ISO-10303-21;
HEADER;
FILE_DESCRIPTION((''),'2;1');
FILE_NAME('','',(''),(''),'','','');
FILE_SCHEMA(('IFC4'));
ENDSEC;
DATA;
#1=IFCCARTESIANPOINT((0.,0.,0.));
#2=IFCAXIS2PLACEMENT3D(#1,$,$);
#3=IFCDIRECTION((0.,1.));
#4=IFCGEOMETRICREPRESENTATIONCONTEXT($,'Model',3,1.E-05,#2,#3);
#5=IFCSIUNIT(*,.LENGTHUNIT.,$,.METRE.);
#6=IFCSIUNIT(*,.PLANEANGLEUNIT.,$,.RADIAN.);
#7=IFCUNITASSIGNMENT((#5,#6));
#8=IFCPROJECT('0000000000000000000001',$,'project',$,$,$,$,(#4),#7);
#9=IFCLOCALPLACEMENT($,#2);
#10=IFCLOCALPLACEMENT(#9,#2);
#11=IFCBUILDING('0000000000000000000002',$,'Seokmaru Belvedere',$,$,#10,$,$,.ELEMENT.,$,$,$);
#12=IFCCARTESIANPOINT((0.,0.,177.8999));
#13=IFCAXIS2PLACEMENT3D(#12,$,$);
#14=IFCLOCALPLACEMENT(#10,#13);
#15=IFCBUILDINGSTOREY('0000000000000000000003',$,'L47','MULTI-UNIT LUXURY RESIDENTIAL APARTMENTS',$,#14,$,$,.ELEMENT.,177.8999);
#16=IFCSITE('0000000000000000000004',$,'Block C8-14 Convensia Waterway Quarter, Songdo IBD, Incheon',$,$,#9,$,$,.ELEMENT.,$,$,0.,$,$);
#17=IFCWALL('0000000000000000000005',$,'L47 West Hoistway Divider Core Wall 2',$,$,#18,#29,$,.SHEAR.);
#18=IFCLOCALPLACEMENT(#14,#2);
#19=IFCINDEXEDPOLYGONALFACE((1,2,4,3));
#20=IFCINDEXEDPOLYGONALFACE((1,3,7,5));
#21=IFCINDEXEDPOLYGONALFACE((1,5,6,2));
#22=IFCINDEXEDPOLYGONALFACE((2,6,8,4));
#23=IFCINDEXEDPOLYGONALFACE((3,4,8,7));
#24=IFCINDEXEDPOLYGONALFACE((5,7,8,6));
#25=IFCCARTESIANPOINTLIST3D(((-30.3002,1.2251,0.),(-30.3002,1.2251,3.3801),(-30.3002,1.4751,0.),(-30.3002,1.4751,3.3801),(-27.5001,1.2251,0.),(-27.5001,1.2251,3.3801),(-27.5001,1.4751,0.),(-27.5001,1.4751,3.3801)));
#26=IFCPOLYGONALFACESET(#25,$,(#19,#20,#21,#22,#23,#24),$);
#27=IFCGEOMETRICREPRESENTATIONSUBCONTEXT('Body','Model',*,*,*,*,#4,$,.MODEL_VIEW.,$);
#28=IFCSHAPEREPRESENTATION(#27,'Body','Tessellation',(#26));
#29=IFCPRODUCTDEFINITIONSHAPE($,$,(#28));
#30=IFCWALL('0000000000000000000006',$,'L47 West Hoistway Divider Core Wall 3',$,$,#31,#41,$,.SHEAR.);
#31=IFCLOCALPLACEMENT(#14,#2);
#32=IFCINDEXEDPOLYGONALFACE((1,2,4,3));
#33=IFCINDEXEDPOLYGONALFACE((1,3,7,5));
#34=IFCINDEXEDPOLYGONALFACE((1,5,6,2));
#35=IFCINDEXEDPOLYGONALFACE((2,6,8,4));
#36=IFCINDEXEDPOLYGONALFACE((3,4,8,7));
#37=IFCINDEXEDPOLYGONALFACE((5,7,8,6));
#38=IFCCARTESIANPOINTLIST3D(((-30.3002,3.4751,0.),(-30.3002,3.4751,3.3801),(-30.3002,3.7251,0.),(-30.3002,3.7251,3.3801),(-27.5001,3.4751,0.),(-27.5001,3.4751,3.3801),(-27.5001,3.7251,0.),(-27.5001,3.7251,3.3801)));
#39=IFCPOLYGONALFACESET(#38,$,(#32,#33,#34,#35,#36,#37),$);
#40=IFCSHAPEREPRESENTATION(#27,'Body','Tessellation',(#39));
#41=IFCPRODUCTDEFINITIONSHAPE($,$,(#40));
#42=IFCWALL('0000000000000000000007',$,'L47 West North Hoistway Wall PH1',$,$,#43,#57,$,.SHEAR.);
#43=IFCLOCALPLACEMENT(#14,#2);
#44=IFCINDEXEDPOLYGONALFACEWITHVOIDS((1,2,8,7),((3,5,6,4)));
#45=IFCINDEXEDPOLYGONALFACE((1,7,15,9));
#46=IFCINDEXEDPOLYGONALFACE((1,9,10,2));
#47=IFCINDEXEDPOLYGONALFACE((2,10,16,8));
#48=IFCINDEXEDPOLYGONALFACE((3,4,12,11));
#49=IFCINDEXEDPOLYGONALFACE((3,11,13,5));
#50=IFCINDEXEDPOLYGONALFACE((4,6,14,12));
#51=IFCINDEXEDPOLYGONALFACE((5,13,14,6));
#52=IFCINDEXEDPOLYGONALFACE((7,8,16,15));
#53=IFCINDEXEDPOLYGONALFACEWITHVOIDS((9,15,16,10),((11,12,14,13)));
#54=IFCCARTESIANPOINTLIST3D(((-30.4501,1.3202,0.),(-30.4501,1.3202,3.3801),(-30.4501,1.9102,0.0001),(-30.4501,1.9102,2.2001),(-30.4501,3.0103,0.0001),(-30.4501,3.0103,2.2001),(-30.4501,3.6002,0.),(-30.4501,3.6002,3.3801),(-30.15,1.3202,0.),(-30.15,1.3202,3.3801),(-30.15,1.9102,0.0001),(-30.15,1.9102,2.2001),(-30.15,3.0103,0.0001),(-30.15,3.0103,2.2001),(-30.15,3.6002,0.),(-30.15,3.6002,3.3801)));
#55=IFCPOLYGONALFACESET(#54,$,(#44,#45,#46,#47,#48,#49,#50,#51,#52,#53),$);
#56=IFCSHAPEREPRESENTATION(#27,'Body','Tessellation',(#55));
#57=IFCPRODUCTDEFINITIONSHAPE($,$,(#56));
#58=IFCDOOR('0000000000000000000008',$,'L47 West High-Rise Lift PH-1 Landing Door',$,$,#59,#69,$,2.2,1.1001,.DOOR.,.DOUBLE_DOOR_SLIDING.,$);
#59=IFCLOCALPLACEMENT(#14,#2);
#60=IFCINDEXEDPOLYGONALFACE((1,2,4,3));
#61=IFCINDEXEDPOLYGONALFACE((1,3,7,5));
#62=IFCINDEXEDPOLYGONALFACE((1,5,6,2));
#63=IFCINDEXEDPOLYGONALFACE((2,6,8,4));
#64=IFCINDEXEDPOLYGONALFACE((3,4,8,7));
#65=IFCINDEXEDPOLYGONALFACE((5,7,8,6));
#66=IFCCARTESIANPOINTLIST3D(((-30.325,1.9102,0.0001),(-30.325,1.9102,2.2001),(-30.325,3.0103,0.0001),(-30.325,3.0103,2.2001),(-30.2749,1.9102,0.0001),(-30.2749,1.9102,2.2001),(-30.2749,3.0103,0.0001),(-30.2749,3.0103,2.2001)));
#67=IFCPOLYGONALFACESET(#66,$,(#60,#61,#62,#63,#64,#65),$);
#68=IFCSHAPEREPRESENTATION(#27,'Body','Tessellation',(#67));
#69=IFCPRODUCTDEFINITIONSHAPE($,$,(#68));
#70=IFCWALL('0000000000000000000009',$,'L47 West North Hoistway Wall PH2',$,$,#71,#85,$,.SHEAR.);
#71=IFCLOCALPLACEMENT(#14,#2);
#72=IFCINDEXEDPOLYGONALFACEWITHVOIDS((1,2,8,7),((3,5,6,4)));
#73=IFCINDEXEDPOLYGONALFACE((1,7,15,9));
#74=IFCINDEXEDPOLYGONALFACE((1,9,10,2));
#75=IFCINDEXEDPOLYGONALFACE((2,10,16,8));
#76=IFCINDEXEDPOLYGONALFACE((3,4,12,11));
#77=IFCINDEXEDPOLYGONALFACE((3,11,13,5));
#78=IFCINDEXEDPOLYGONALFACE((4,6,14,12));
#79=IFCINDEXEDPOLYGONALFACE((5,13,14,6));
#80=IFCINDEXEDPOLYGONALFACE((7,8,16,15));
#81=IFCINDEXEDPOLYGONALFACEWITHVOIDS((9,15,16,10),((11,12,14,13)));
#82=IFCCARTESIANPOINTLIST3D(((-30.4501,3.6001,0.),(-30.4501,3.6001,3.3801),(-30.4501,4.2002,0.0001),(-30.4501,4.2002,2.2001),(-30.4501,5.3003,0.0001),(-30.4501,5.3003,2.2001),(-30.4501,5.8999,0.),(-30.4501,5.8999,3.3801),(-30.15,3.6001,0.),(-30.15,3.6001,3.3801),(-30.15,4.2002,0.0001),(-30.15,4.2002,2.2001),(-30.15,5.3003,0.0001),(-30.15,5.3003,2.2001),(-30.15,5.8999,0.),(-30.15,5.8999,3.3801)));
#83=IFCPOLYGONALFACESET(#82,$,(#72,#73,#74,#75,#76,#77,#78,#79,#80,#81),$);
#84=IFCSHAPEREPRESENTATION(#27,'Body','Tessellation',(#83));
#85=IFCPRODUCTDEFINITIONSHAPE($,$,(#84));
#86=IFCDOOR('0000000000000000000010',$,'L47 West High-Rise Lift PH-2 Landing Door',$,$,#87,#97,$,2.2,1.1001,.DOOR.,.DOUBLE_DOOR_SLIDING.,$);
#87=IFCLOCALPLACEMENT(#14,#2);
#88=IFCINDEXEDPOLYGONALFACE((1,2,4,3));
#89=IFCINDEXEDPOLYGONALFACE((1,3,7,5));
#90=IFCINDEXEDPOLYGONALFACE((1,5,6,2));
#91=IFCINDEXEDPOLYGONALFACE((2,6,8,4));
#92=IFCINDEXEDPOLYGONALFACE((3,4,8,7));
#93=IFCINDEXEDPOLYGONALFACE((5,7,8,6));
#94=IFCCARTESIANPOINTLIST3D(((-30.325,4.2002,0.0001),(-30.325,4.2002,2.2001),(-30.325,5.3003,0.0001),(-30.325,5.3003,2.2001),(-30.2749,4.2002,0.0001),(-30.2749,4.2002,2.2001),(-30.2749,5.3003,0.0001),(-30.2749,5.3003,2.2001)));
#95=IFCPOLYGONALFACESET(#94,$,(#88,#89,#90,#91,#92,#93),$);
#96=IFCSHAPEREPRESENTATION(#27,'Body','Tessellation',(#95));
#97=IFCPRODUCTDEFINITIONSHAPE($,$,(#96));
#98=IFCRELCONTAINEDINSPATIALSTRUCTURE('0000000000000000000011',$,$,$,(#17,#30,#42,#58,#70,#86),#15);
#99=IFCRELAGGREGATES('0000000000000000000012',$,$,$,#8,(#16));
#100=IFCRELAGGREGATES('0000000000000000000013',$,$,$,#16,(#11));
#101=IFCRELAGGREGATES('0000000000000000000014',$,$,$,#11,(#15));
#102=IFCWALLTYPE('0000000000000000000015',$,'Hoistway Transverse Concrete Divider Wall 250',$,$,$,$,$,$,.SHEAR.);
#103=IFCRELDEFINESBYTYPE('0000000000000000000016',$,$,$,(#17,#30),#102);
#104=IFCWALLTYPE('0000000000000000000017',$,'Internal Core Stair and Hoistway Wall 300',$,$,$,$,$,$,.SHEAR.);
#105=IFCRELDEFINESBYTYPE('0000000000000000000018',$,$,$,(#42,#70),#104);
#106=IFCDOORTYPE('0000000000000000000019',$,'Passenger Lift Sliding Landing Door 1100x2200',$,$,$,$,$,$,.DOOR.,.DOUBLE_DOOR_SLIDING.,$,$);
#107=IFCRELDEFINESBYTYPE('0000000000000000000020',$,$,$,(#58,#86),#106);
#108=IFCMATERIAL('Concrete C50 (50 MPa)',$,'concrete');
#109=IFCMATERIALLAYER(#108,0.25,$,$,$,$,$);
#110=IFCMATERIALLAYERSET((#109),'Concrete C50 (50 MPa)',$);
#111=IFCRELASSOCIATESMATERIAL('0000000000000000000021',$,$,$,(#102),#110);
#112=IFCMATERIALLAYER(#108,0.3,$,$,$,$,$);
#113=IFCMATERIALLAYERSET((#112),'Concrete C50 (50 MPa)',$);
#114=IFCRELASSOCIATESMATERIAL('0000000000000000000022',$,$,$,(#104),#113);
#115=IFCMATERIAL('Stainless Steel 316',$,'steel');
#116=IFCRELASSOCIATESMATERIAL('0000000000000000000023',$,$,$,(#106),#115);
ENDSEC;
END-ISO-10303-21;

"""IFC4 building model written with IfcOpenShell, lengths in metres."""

from ifc_helpers import new_model, si_unit, direction, frame, frame_2d, origin, place, context, subcontext, project, spatial, rectangle, extrude, source, transform, mapped, material, layer, layer_set, type_object, type_shapes, element, fill, save


model = new_model("IFC4")

# Units and contexts
model_context = context("Model", 3, precision=1e-05, world=origin(), true_north=direction((0.0, 1.0)))
body_context = subcontext(model_context, "Body", "Model", "MODEL_VIEW")
ifc_project = project(units=[si_unit("LENGTHUNIT", "METRE"), si_unit("PLANEANGLEUNIT", "RADIAN")], contexts=[model_context])

# Site, building, storey
site_placement = place(None, origin())
site = spatial("IfcSite", under=ifc_project, at=site_placement, Name="Block C8-14 Convensia Waterway Quarter, Songdo IBD, Incheon", CompositionType="ELEMENT", RefElevation=0.0)
building_placement = place(site_placement, origin())
building = spatial("IfcBuilding", under=site, at=building_placement, Name="Seokmaru Belvedere", CompositionType="ELEMENT")
storey_placement = place(building_placement, frame((0.0, 0.0, 177.8999)))
storey = spatial("IfcBuildingStorey", under=building, at=storey_placement, Name="L47", Description="MULTI-UNIT LUXURY RESIDENTIAL APARTMENTS", CompositionType="ELEMENT", Elevation=177.8999)

# Walls
ifc_material_1 = material(Name="Concrete C50 (50 MPa)", Category="concrete")
ifc_layer_1 = layer(ifc_material_1, 0.25)
ifc_layer_set_1 = layer_set([ifc_layer_1], Name="Concrete C50 (50 MPa)")
wall_type_1 = type_object("IfcWallType", Name="Hoistway Transverse Concrete Divider Wall 250", PredefinedType="SHEAR", material=ifc_layer_set_1)
for number, where, z_axis, x_axis, name in (
    (1, (-30.3, 1.3501, 0.0), (0.0, 0.0, 1.0), (1.0, 0.0, 0.0), "L47 West Hoistway Divider Core Wall 2"),
    (2, (-30.3, 3.6001, 0.0), (0.0, 0.0, 1.0), (1.0, 0.0, 0.0), "L47 West Hoistway Divider Core Wall 3"),
):
    element("IfcWall", number, at=place(storey_placement, frame(where, z_axis=z_axis, x_axis=x_axis)), inside=storey, type_object=wall_type_1, Name=name, PredefinedType="SHEAR", context=body_context, shape_type="SweptSolid", body=[
        extrude(rectangle(XDim=2.8, YDim=0.25, at=frame_2d((1.3999, 0.0))), origin(), (0.0, 0.0, 1.0), 3.3801),
    ])

# Walls, openings, doors
ifc_layer_2 = layer(ifc_material_1, 0.3)
ifc_layer_set_2 = layer_set([ifc_layer_2], Name="Concrete C50 (50 MPa)")
wall_type_2 = type_object("IfcWallType", Name="Internal Core Stair and Hoistway Wall 300", PredefinedType="SHEAR", material=ifc_layer_set_2)
wall_1_placement = place(storey_placement, frame((-30.3, 1.3201, 0.0), z_axis=(0.0, 0.0, 1.0), x_axis=(0.0, 1.0, 0.0)))
wall_1 = element("IfcWall", 3, at=wall_1_placement, inside=storey, type_object=wall_type_2, Name="L47 West North Hoistway Wall PH1", PredefinedType="SHEAR", context=body_context, shape_type="SweptSolid", body=[
    extrude(rectangle(XDim=2.28, YDim=0.3, at=frame_2d((1.1401, 0.0))), origin(), (0.0, 0.0, 1.0), 3.3801),
])
opening_1_placement = place(wall_1_placement, frame((0.5901, 0.0, 0.0)))
opening_1 = element("IfcOpeningElement", 4, at=opening_1_placement, cuts=wall_1, PredefinedType="OPENING", context=body_context, shape_type="SweptSolid", body=[
    extrude(rectangle(XDim=1.1001, YDim=2.2, at=frame_2d((0.55, 1.1001))), frame((0.0, 0.1602, 0.0), z_axis=(0.0, -1.0, 0.0), x_axis=(1.0, 0.0, 0.0)), (0.0, 0.0, 1.0), 0.3201),
])
ifc_material_2 = material(Name="Stainless Steel 316", Category="steel")
door_type_1 = type_object("IfcDoorType", Name="Passenger Lift Sliding Landing Door 1100x2200", OperationType="DOUBLE_DOOR_SLIDING", PredefinedType="DOOR", material=ifc_material_2)
shared_shape_1 = source(origin(), body_context, "Body", "SweptSolid", [
    extrude(rectangle(XDim=1.1001, YDim=2.2, at=frame_2d((0.55, 1.1001))), frame((0.0, 0.0249, 0.0), z_axis=(0.0, -1.0, 0.0), x_axis=(1.0, 0.0, 0.0)), (0.0, 0.0, 1.0), 0.05),
])
type_shapes(door_type_1, [shared_shape_1])
door_1_placement = place(opening_1_placement, origin())
door_1 = element("IfcDoor", 5, at=door_1_placement, inside=storey, type_object=door_type_1, Name="L47 West High-Rise Lift PH-1 Landing Door", OperationType="DOUBLE_DOOR_SLIDING", OverallHeight=2.2, OverallWidth=1.1001, PredefinedType="DOOR", context=body_context, shape_type="MappedRepresentation", body=[
    mapped(shared_shape_1, transform((0.0, 0.0, 0.0), scale=1.0)),
])
fill(opening_1, door_1)
wall_2_placement = place(storey_placement, frame((-30.3, 3.6001, 0.0), z_axis=(0.0, 0.0, 1.0), x_axis=(0.0, 1.0, 0.0)))
wall_2 = element("IfcWall", 6, at=wall_2_placement, inside=storey, type_object=wall_type_2, Name="L47 West North Hoistway Wall PH2", PredefinedType="SHEAR", context=body_context, shape_type="SweptSolid", body=[
    extrude(rectangle(XDim=2.2998, YDim=0.3, at=frame_2d((1.1499, 0.0))), origin(), (0.0, 0.0, 1.0), 3.3801),
])
opening_2_placement = place(wall_2_placement, frame((0.6001, 0.0, 0.0)))
opening_2 = element("IfcOpeningElement", 7, at=opening_2_placement, cuts=wall_2, PredefinedType="OPENING", context=body_context, shape_type="SweptSolid", body=[
    extrude(rectangle(XDim=1.1001, YDim=2.2, at=frame_2d((0.55, 1.1001))), frame((0.0, 0.1602, 0.0), z_axis=(0.0, -1.0, 0.0), x_axis=(1.0, 0.0, 0.0)), (0.0, 0.0, 1.0), 0.3201),
])
door_2_placement = place(opening_2_placement, origin())
door_2 = element("IfcDoor", 8, at=door_2_placement, inside=storey, type_object=door_type_1, Name="L47 West High-Rise Lift PH-2 Landing Door", OperationType="DOUBLE_DOOR_SLIDING", OverallHeight=2.2, OverallWidth=1.1001, PredefinedType="DOOR", context=body_context, shape_type="MappedRepresentation", body=[
    mapped(shared_shape_1, transform((0.0, 0.0, 0.0), scale=1.0)),
])
fill(opening_2, door_2)

save(model, "model.ifc")
